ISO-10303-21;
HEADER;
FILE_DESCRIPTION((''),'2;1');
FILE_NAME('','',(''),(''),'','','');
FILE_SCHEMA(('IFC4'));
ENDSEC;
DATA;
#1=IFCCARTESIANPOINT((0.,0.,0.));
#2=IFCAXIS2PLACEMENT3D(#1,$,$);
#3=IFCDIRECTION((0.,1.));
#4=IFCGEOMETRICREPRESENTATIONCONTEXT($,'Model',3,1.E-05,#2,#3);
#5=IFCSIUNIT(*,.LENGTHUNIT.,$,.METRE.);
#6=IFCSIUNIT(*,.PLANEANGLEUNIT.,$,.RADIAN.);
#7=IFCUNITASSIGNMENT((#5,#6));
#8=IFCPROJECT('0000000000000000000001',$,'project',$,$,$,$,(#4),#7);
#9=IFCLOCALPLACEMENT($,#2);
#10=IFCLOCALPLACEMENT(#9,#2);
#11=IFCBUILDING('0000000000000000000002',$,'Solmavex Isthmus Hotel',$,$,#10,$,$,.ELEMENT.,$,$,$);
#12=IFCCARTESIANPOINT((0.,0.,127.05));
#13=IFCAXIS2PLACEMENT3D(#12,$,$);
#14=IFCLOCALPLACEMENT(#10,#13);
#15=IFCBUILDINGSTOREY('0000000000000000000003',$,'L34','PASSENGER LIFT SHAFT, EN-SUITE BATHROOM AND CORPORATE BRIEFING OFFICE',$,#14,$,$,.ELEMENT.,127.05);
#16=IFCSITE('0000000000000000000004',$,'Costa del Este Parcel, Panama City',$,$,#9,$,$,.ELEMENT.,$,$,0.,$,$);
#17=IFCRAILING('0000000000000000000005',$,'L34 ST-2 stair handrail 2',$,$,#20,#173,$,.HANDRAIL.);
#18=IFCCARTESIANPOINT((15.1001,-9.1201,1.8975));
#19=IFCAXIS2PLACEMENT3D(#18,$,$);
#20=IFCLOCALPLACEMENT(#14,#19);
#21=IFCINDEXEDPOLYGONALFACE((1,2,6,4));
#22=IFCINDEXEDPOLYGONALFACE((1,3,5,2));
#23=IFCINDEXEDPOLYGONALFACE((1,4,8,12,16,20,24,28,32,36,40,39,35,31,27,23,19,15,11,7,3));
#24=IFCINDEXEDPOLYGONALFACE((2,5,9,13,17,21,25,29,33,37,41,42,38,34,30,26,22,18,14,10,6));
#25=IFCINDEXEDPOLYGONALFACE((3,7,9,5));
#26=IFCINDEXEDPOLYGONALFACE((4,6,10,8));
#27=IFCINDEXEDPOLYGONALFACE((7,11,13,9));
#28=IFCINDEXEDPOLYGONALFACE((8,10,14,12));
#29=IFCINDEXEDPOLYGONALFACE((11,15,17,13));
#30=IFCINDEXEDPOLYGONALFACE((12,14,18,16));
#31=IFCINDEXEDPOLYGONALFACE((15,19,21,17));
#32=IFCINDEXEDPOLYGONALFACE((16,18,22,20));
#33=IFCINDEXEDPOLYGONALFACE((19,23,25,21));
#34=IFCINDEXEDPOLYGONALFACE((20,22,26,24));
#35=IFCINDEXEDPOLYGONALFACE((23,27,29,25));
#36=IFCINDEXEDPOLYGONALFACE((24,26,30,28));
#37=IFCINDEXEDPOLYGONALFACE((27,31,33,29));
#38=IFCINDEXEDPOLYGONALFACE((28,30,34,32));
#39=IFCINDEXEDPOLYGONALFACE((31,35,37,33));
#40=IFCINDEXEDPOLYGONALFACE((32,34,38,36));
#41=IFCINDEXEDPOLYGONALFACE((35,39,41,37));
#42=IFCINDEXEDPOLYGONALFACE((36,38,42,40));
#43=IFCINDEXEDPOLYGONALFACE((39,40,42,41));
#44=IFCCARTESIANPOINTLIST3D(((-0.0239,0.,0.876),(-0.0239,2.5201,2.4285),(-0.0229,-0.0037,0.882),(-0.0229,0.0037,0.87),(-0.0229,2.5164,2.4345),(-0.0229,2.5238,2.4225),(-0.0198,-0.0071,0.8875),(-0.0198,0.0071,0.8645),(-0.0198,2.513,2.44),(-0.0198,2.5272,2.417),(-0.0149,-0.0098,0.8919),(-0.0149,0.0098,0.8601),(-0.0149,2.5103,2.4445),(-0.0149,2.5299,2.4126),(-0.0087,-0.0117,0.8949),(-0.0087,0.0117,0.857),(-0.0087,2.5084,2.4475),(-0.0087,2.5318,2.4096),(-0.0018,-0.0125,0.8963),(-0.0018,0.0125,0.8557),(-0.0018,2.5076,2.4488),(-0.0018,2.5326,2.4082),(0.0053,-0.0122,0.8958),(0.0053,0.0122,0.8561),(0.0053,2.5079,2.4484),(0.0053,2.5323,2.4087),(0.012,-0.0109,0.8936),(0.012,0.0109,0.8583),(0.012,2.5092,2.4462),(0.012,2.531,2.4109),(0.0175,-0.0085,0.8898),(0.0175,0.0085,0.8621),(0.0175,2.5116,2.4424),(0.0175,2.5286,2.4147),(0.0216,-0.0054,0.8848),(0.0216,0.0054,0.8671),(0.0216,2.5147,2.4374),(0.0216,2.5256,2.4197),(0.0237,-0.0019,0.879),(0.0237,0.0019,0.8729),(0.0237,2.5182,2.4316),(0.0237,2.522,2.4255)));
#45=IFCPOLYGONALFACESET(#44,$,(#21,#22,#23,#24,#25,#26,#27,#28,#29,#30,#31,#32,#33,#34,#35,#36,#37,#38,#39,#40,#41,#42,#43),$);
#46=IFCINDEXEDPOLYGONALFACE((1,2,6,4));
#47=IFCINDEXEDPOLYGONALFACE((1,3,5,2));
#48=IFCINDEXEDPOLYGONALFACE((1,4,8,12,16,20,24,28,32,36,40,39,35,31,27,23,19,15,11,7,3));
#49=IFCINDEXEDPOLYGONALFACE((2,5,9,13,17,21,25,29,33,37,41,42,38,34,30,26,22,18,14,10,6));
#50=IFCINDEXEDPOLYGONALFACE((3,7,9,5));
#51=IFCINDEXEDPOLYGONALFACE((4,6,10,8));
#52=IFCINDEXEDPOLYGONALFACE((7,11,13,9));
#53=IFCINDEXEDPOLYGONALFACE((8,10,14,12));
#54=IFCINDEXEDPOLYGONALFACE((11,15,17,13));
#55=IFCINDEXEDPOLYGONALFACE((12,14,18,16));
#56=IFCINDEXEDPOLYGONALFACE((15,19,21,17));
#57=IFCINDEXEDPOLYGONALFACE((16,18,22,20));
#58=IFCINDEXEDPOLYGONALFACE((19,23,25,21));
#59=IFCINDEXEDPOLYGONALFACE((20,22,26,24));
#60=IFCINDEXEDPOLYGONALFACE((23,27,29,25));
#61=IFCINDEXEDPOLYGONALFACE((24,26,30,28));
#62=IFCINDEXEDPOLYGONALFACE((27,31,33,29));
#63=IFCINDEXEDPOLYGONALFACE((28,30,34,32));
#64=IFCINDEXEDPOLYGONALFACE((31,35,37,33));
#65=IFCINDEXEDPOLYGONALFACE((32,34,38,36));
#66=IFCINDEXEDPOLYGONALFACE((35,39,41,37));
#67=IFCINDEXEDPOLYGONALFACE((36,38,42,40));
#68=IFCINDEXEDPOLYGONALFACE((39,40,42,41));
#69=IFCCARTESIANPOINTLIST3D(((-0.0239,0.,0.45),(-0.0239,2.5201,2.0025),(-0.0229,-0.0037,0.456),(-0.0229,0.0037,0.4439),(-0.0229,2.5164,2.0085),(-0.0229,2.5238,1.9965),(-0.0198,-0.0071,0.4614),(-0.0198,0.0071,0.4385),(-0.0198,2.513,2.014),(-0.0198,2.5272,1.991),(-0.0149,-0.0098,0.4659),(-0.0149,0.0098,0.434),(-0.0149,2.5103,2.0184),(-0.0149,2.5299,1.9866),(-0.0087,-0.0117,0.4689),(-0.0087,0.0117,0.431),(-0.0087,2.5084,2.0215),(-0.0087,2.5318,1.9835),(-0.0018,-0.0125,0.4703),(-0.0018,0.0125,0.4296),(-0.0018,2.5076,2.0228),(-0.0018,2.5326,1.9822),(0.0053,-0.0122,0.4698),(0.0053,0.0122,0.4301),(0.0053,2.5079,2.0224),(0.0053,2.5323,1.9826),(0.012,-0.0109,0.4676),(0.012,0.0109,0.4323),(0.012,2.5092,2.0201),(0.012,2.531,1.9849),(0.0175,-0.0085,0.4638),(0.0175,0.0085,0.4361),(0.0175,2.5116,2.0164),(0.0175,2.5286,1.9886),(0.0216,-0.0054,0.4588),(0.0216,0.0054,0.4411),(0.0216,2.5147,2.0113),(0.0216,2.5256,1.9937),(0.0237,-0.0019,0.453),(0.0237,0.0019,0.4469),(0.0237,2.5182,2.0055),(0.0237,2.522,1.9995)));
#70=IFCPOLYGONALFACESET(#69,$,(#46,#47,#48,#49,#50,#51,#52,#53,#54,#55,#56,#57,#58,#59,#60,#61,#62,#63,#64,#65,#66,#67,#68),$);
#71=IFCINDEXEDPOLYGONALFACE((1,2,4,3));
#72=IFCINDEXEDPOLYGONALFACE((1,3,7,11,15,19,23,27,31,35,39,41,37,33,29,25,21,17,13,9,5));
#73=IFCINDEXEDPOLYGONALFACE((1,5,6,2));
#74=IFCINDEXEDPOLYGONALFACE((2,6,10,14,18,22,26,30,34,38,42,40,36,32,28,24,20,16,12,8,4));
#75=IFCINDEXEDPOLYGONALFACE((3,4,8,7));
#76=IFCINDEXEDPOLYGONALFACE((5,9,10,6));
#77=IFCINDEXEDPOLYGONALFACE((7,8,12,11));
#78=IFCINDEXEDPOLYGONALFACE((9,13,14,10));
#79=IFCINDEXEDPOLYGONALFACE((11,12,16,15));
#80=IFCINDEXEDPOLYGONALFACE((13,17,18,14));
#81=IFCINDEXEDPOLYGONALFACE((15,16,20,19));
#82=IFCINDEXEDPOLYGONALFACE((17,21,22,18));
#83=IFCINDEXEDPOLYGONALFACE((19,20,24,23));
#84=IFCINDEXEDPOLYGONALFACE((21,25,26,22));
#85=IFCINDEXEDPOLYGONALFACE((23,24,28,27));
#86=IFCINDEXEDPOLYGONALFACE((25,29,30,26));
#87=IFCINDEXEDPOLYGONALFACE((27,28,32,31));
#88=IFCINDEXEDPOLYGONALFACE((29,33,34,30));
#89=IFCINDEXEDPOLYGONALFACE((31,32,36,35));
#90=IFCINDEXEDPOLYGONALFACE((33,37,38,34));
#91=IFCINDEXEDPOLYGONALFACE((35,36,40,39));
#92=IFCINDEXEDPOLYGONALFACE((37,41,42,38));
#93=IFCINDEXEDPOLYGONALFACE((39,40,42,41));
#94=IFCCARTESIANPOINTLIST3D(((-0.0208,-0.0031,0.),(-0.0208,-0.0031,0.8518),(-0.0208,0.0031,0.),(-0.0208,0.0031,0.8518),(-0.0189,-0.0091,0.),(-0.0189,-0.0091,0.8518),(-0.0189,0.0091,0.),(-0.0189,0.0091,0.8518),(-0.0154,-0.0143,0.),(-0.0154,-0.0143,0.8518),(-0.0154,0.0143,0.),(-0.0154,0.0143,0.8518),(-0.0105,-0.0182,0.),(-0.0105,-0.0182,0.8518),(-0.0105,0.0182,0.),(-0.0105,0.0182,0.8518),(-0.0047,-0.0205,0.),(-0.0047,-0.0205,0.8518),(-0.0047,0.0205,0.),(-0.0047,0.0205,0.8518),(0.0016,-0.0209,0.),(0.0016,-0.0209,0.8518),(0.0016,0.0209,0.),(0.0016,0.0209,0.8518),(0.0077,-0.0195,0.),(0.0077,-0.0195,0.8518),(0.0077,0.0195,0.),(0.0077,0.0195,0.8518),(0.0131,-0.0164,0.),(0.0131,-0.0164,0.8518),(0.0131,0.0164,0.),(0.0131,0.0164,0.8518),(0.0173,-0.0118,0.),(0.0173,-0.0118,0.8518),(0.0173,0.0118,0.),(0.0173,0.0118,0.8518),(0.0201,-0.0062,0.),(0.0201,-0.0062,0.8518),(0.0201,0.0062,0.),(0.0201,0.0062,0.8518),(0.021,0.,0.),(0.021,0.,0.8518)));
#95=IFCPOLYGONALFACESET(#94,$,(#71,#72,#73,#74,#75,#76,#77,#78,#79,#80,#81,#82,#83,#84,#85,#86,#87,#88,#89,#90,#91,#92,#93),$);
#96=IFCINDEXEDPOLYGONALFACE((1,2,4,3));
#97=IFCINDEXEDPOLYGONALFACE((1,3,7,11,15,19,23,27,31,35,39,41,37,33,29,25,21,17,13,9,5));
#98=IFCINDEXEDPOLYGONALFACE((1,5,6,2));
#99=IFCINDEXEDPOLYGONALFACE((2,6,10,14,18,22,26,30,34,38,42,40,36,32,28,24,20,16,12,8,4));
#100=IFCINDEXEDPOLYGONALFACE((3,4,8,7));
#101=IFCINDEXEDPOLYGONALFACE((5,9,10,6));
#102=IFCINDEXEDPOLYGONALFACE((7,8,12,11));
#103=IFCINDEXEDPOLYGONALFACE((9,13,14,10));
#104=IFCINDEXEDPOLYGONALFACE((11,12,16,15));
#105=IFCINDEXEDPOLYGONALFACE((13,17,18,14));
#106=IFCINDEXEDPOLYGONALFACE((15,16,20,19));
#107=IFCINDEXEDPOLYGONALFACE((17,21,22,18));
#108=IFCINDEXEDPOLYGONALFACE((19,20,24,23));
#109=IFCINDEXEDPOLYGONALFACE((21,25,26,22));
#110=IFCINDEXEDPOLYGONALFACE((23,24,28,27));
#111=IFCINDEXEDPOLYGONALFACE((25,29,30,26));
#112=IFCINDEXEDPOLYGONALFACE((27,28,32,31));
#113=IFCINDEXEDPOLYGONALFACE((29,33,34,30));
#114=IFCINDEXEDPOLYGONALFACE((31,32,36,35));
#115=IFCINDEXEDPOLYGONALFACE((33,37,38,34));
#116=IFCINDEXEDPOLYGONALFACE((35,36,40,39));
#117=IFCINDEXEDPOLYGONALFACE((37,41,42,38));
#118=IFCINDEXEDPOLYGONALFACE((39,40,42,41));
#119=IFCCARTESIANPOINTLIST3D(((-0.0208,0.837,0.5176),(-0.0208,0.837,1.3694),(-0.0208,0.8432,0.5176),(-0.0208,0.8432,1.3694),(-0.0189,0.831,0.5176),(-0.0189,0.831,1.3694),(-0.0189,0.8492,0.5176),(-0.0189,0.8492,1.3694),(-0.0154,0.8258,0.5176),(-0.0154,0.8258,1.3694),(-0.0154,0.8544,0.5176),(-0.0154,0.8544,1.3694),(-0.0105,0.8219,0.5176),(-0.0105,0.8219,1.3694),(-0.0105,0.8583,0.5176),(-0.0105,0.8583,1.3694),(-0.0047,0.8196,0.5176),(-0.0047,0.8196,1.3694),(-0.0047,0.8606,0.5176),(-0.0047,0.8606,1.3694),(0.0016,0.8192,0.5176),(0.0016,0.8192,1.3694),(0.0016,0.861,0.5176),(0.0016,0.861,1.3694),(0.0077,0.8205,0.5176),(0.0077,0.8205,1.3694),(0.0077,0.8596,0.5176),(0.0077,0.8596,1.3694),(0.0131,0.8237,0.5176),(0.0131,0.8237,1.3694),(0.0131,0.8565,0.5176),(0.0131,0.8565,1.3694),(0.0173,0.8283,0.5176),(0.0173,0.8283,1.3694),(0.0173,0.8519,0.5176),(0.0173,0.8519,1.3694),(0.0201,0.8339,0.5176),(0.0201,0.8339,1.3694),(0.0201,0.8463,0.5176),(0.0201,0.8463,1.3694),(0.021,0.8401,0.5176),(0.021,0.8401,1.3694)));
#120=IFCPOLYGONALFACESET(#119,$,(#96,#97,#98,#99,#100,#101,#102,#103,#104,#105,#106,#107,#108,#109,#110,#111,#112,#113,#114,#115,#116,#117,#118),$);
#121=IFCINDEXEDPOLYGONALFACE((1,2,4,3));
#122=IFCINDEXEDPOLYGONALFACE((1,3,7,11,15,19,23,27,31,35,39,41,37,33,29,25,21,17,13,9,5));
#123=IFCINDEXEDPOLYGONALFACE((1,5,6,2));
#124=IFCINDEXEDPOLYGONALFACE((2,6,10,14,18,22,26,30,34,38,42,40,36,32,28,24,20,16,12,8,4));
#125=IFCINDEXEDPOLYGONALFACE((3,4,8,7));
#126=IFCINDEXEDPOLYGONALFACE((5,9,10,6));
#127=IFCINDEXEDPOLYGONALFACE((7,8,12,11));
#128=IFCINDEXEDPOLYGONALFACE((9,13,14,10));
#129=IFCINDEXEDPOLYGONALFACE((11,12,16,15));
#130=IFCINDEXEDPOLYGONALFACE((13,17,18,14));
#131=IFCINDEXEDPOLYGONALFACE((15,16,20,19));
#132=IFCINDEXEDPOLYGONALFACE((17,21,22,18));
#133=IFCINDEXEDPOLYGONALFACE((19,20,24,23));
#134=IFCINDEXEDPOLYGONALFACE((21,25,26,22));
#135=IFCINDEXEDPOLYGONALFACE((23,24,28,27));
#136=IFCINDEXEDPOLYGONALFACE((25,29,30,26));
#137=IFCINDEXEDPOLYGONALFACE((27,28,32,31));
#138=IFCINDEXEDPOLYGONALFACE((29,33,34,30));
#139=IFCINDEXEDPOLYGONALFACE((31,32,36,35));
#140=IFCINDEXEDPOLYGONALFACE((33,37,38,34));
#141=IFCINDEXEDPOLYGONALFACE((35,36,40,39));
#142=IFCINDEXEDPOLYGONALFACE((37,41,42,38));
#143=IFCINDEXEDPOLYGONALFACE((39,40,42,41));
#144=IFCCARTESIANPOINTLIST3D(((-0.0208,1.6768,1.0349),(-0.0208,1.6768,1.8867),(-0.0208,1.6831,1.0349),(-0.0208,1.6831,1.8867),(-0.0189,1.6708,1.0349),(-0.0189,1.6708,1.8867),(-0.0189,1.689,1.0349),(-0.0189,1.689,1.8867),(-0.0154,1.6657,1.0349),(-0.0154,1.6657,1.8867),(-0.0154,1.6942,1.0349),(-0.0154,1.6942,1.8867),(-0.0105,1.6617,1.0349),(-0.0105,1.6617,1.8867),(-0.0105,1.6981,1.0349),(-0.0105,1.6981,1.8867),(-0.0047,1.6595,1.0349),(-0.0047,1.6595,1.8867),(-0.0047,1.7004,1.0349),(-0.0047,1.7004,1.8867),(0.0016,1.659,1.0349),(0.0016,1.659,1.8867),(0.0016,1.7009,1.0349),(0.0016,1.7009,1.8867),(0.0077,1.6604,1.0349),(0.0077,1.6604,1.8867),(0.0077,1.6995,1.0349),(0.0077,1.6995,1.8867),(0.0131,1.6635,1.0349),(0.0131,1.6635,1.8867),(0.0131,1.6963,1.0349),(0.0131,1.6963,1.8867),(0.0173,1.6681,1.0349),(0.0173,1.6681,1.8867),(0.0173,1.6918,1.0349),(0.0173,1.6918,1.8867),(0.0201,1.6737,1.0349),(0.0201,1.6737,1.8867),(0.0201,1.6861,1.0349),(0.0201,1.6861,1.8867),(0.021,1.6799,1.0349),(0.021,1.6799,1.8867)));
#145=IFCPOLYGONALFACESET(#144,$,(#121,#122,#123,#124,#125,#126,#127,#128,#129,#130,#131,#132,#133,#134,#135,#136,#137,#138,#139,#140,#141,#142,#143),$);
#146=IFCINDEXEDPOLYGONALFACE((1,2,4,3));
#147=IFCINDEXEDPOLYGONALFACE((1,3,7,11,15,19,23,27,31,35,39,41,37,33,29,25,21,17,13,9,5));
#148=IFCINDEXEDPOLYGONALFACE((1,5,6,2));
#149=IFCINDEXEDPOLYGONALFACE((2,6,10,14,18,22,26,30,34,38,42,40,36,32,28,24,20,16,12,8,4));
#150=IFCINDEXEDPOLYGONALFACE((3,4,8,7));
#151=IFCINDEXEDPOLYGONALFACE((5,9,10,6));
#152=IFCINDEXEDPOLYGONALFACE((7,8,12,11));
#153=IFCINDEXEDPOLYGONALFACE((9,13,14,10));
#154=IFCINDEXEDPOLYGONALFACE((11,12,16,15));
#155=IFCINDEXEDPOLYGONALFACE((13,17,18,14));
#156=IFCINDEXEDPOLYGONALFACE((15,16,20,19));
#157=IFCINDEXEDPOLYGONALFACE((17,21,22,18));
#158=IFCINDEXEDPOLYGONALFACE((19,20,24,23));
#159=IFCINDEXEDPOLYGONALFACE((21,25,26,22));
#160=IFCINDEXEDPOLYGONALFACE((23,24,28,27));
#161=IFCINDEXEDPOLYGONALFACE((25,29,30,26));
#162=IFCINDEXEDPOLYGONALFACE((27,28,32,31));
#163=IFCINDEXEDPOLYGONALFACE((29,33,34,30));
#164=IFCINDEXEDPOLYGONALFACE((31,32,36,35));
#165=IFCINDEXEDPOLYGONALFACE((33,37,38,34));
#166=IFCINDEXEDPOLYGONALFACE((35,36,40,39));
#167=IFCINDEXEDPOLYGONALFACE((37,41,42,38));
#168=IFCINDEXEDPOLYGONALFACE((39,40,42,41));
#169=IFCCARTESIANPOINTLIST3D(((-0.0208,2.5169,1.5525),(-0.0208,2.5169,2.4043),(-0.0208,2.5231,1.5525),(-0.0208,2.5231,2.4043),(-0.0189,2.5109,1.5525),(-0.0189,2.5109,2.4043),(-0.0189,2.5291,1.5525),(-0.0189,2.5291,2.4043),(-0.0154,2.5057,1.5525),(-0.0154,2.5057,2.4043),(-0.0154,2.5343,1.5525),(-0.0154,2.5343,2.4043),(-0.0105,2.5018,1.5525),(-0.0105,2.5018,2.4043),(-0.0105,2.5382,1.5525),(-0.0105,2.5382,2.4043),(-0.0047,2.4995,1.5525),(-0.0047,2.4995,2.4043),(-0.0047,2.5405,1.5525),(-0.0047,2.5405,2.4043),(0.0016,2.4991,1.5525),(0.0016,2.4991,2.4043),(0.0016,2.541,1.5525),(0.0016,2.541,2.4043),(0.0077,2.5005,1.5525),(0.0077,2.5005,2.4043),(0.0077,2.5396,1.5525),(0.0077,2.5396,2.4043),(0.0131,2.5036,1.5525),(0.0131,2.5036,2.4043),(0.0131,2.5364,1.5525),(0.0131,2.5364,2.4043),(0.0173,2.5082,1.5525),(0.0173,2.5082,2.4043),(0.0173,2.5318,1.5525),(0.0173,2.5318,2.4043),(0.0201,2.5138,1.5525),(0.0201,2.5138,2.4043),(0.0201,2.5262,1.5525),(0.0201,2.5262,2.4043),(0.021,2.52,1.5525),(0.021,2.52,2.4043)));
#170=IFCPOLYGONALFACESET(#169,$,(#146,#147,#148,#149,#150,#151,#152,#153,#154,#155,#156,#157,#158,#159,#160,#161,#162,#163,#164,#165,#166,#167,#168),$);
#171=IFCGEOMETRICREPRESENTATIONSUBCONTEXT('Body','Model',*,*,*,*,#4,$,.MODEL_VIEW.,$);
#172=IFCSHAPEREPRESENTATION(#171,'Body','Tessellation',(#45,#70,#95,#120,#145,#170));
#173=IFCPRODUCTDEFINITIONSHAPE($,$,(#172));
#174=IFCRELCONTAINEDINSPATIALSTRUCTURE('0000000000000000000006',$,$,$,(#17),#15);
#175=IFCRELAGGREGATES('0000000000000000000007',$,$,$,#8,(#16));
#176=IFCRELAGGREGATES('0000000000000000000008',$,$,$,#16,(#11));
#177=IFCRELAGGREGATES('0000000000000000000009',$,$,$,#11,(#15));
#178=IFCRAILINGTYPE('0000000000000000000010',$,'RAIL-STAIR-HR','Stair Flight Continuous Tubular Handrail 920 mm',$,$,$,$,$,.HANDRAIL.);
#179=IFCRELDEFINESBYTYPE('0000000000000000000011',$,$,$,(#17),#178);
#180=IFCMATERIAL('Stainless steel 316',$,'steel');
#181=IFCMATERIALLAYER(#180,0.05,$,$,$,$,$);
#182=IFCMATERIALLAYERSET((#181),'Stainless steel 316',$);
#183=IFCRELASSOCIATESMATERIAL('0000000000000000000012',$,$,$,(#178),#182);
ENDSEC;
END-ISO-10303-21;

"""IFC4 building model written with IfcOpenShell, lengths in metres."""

from ifc_helpers import new_model, si_unit, direction, frame, origin, origin_2d, place, context, subcontext, project, spatial, circle, extrude, material, layer, layer_set, type_object, element, save


model = new_model("IFC4")

# Units and contexts
model_context = context("Model", 3, precision=1e-05, world=origin(), true_north=direction((0.0, 1.0)))
body_context = subcontext(model_context, "Body", "Model", "MODEL_VIEW")
ifc_project = project(units=[si_unit("LENGTHUNIT", "METRE"), si_unit("PLANEANGLEUNIT", "RADIAN")], contexts=[model_context])

# Site, building, storey
site_placement = place(None, origin())
site = spatial("IfcSite", under=ifc_project, at=site_placement, Name="Costa del Este Parcel, Panama City", CompositionType="ELEMENT", RefElevation=0.0)
building_placement = place(site_placement, origin())
building = spatial("IfcBuilding", under=site, at=building_placement, Name="Solmavex Isthmus Hotel", CompositionType="ELEMENT")
storey_placement = place(building_placement, frame((0.0, 0.0, 127.05)))
storey = spatial("IfcBuildingStorey", under=building, at=storey_placement, Name="L34", Description="PASSENGER LIFT SHAFT, EN-SUITE BATHROOM AND CORPORATE BRIEFING OFFICE", CompositionType="ELEMENT", Elevation=127.05)

# Shared definitions
ifc_material_1 = material(Name="Stainless steel 316", Category="steel")

# Railing
ifc_layer_1 = layer(ifc_material_1, 0.05)
ifc_layer_set_1 = layer_set([ifc_layer_1], Name="Stainless steel 316")
railing_type_1 = type_object("IfcRailingType", Name="RAIL-STAIR-HR", Description="Stair Flight Continuous Tubular Handrail 920 mm", PredefinedType="HANDRAIL", material=ifc_layer_set_1)
railing_1_placement = place(storey_placement, frame((15.1001, -9.1201, 1.8975)))
element("IfcRailing", 1, at=railing_1_placement, inside=storey, type_object=railing_type_1, Name="L34 ST-2 stair handrail 2", PredefinedType="HANDRAIL", context=body_context, shape_type="SweptSolid", body=[
    extrude(circle(Radius=0.0239, at=origin_2d()), frame((0.0, 0.0, 0.876), z_axis=(0.0, 0.8514, 0.524516), x_axis=(-1.0, 0.0, 0.0)), (0.0, 0.0, 1.0), 2.96),
    extrude(circle(Radius=0.0239, at=origin_2d()), frame((0.0, 0.0, 0.45), z_axis=(0.0, 0.8514, 0.524516), x_axis=(-1.0, 0.0, 0.0)), (0.0, 0.0, 1.0), 2.96),
    extrude(circle(Radius=0.021, at=origin_2d()), origin(), (0.0, 0.0, 1.0), 0.8518),
    extrude(circle(Radius=0.021, at=origin_2d()), frame((0.0, 0.8401, 0.5176)), (0.0, 0.0, 1.0), 0.8518),
    extrude(circle(Radius=0.021, at=origin_2d()), frame((0.0, 1.6799, 1.0349)), (0.0, 0.0, 1.0), 0.8518),
    extrude(circle(Radius=0.021, at=origin_2d()), frame((0.0, 2.52, 1.5525)), (0.0, 0.0, 1.0), 0.8518),
])

save(model, "model.ifc")
